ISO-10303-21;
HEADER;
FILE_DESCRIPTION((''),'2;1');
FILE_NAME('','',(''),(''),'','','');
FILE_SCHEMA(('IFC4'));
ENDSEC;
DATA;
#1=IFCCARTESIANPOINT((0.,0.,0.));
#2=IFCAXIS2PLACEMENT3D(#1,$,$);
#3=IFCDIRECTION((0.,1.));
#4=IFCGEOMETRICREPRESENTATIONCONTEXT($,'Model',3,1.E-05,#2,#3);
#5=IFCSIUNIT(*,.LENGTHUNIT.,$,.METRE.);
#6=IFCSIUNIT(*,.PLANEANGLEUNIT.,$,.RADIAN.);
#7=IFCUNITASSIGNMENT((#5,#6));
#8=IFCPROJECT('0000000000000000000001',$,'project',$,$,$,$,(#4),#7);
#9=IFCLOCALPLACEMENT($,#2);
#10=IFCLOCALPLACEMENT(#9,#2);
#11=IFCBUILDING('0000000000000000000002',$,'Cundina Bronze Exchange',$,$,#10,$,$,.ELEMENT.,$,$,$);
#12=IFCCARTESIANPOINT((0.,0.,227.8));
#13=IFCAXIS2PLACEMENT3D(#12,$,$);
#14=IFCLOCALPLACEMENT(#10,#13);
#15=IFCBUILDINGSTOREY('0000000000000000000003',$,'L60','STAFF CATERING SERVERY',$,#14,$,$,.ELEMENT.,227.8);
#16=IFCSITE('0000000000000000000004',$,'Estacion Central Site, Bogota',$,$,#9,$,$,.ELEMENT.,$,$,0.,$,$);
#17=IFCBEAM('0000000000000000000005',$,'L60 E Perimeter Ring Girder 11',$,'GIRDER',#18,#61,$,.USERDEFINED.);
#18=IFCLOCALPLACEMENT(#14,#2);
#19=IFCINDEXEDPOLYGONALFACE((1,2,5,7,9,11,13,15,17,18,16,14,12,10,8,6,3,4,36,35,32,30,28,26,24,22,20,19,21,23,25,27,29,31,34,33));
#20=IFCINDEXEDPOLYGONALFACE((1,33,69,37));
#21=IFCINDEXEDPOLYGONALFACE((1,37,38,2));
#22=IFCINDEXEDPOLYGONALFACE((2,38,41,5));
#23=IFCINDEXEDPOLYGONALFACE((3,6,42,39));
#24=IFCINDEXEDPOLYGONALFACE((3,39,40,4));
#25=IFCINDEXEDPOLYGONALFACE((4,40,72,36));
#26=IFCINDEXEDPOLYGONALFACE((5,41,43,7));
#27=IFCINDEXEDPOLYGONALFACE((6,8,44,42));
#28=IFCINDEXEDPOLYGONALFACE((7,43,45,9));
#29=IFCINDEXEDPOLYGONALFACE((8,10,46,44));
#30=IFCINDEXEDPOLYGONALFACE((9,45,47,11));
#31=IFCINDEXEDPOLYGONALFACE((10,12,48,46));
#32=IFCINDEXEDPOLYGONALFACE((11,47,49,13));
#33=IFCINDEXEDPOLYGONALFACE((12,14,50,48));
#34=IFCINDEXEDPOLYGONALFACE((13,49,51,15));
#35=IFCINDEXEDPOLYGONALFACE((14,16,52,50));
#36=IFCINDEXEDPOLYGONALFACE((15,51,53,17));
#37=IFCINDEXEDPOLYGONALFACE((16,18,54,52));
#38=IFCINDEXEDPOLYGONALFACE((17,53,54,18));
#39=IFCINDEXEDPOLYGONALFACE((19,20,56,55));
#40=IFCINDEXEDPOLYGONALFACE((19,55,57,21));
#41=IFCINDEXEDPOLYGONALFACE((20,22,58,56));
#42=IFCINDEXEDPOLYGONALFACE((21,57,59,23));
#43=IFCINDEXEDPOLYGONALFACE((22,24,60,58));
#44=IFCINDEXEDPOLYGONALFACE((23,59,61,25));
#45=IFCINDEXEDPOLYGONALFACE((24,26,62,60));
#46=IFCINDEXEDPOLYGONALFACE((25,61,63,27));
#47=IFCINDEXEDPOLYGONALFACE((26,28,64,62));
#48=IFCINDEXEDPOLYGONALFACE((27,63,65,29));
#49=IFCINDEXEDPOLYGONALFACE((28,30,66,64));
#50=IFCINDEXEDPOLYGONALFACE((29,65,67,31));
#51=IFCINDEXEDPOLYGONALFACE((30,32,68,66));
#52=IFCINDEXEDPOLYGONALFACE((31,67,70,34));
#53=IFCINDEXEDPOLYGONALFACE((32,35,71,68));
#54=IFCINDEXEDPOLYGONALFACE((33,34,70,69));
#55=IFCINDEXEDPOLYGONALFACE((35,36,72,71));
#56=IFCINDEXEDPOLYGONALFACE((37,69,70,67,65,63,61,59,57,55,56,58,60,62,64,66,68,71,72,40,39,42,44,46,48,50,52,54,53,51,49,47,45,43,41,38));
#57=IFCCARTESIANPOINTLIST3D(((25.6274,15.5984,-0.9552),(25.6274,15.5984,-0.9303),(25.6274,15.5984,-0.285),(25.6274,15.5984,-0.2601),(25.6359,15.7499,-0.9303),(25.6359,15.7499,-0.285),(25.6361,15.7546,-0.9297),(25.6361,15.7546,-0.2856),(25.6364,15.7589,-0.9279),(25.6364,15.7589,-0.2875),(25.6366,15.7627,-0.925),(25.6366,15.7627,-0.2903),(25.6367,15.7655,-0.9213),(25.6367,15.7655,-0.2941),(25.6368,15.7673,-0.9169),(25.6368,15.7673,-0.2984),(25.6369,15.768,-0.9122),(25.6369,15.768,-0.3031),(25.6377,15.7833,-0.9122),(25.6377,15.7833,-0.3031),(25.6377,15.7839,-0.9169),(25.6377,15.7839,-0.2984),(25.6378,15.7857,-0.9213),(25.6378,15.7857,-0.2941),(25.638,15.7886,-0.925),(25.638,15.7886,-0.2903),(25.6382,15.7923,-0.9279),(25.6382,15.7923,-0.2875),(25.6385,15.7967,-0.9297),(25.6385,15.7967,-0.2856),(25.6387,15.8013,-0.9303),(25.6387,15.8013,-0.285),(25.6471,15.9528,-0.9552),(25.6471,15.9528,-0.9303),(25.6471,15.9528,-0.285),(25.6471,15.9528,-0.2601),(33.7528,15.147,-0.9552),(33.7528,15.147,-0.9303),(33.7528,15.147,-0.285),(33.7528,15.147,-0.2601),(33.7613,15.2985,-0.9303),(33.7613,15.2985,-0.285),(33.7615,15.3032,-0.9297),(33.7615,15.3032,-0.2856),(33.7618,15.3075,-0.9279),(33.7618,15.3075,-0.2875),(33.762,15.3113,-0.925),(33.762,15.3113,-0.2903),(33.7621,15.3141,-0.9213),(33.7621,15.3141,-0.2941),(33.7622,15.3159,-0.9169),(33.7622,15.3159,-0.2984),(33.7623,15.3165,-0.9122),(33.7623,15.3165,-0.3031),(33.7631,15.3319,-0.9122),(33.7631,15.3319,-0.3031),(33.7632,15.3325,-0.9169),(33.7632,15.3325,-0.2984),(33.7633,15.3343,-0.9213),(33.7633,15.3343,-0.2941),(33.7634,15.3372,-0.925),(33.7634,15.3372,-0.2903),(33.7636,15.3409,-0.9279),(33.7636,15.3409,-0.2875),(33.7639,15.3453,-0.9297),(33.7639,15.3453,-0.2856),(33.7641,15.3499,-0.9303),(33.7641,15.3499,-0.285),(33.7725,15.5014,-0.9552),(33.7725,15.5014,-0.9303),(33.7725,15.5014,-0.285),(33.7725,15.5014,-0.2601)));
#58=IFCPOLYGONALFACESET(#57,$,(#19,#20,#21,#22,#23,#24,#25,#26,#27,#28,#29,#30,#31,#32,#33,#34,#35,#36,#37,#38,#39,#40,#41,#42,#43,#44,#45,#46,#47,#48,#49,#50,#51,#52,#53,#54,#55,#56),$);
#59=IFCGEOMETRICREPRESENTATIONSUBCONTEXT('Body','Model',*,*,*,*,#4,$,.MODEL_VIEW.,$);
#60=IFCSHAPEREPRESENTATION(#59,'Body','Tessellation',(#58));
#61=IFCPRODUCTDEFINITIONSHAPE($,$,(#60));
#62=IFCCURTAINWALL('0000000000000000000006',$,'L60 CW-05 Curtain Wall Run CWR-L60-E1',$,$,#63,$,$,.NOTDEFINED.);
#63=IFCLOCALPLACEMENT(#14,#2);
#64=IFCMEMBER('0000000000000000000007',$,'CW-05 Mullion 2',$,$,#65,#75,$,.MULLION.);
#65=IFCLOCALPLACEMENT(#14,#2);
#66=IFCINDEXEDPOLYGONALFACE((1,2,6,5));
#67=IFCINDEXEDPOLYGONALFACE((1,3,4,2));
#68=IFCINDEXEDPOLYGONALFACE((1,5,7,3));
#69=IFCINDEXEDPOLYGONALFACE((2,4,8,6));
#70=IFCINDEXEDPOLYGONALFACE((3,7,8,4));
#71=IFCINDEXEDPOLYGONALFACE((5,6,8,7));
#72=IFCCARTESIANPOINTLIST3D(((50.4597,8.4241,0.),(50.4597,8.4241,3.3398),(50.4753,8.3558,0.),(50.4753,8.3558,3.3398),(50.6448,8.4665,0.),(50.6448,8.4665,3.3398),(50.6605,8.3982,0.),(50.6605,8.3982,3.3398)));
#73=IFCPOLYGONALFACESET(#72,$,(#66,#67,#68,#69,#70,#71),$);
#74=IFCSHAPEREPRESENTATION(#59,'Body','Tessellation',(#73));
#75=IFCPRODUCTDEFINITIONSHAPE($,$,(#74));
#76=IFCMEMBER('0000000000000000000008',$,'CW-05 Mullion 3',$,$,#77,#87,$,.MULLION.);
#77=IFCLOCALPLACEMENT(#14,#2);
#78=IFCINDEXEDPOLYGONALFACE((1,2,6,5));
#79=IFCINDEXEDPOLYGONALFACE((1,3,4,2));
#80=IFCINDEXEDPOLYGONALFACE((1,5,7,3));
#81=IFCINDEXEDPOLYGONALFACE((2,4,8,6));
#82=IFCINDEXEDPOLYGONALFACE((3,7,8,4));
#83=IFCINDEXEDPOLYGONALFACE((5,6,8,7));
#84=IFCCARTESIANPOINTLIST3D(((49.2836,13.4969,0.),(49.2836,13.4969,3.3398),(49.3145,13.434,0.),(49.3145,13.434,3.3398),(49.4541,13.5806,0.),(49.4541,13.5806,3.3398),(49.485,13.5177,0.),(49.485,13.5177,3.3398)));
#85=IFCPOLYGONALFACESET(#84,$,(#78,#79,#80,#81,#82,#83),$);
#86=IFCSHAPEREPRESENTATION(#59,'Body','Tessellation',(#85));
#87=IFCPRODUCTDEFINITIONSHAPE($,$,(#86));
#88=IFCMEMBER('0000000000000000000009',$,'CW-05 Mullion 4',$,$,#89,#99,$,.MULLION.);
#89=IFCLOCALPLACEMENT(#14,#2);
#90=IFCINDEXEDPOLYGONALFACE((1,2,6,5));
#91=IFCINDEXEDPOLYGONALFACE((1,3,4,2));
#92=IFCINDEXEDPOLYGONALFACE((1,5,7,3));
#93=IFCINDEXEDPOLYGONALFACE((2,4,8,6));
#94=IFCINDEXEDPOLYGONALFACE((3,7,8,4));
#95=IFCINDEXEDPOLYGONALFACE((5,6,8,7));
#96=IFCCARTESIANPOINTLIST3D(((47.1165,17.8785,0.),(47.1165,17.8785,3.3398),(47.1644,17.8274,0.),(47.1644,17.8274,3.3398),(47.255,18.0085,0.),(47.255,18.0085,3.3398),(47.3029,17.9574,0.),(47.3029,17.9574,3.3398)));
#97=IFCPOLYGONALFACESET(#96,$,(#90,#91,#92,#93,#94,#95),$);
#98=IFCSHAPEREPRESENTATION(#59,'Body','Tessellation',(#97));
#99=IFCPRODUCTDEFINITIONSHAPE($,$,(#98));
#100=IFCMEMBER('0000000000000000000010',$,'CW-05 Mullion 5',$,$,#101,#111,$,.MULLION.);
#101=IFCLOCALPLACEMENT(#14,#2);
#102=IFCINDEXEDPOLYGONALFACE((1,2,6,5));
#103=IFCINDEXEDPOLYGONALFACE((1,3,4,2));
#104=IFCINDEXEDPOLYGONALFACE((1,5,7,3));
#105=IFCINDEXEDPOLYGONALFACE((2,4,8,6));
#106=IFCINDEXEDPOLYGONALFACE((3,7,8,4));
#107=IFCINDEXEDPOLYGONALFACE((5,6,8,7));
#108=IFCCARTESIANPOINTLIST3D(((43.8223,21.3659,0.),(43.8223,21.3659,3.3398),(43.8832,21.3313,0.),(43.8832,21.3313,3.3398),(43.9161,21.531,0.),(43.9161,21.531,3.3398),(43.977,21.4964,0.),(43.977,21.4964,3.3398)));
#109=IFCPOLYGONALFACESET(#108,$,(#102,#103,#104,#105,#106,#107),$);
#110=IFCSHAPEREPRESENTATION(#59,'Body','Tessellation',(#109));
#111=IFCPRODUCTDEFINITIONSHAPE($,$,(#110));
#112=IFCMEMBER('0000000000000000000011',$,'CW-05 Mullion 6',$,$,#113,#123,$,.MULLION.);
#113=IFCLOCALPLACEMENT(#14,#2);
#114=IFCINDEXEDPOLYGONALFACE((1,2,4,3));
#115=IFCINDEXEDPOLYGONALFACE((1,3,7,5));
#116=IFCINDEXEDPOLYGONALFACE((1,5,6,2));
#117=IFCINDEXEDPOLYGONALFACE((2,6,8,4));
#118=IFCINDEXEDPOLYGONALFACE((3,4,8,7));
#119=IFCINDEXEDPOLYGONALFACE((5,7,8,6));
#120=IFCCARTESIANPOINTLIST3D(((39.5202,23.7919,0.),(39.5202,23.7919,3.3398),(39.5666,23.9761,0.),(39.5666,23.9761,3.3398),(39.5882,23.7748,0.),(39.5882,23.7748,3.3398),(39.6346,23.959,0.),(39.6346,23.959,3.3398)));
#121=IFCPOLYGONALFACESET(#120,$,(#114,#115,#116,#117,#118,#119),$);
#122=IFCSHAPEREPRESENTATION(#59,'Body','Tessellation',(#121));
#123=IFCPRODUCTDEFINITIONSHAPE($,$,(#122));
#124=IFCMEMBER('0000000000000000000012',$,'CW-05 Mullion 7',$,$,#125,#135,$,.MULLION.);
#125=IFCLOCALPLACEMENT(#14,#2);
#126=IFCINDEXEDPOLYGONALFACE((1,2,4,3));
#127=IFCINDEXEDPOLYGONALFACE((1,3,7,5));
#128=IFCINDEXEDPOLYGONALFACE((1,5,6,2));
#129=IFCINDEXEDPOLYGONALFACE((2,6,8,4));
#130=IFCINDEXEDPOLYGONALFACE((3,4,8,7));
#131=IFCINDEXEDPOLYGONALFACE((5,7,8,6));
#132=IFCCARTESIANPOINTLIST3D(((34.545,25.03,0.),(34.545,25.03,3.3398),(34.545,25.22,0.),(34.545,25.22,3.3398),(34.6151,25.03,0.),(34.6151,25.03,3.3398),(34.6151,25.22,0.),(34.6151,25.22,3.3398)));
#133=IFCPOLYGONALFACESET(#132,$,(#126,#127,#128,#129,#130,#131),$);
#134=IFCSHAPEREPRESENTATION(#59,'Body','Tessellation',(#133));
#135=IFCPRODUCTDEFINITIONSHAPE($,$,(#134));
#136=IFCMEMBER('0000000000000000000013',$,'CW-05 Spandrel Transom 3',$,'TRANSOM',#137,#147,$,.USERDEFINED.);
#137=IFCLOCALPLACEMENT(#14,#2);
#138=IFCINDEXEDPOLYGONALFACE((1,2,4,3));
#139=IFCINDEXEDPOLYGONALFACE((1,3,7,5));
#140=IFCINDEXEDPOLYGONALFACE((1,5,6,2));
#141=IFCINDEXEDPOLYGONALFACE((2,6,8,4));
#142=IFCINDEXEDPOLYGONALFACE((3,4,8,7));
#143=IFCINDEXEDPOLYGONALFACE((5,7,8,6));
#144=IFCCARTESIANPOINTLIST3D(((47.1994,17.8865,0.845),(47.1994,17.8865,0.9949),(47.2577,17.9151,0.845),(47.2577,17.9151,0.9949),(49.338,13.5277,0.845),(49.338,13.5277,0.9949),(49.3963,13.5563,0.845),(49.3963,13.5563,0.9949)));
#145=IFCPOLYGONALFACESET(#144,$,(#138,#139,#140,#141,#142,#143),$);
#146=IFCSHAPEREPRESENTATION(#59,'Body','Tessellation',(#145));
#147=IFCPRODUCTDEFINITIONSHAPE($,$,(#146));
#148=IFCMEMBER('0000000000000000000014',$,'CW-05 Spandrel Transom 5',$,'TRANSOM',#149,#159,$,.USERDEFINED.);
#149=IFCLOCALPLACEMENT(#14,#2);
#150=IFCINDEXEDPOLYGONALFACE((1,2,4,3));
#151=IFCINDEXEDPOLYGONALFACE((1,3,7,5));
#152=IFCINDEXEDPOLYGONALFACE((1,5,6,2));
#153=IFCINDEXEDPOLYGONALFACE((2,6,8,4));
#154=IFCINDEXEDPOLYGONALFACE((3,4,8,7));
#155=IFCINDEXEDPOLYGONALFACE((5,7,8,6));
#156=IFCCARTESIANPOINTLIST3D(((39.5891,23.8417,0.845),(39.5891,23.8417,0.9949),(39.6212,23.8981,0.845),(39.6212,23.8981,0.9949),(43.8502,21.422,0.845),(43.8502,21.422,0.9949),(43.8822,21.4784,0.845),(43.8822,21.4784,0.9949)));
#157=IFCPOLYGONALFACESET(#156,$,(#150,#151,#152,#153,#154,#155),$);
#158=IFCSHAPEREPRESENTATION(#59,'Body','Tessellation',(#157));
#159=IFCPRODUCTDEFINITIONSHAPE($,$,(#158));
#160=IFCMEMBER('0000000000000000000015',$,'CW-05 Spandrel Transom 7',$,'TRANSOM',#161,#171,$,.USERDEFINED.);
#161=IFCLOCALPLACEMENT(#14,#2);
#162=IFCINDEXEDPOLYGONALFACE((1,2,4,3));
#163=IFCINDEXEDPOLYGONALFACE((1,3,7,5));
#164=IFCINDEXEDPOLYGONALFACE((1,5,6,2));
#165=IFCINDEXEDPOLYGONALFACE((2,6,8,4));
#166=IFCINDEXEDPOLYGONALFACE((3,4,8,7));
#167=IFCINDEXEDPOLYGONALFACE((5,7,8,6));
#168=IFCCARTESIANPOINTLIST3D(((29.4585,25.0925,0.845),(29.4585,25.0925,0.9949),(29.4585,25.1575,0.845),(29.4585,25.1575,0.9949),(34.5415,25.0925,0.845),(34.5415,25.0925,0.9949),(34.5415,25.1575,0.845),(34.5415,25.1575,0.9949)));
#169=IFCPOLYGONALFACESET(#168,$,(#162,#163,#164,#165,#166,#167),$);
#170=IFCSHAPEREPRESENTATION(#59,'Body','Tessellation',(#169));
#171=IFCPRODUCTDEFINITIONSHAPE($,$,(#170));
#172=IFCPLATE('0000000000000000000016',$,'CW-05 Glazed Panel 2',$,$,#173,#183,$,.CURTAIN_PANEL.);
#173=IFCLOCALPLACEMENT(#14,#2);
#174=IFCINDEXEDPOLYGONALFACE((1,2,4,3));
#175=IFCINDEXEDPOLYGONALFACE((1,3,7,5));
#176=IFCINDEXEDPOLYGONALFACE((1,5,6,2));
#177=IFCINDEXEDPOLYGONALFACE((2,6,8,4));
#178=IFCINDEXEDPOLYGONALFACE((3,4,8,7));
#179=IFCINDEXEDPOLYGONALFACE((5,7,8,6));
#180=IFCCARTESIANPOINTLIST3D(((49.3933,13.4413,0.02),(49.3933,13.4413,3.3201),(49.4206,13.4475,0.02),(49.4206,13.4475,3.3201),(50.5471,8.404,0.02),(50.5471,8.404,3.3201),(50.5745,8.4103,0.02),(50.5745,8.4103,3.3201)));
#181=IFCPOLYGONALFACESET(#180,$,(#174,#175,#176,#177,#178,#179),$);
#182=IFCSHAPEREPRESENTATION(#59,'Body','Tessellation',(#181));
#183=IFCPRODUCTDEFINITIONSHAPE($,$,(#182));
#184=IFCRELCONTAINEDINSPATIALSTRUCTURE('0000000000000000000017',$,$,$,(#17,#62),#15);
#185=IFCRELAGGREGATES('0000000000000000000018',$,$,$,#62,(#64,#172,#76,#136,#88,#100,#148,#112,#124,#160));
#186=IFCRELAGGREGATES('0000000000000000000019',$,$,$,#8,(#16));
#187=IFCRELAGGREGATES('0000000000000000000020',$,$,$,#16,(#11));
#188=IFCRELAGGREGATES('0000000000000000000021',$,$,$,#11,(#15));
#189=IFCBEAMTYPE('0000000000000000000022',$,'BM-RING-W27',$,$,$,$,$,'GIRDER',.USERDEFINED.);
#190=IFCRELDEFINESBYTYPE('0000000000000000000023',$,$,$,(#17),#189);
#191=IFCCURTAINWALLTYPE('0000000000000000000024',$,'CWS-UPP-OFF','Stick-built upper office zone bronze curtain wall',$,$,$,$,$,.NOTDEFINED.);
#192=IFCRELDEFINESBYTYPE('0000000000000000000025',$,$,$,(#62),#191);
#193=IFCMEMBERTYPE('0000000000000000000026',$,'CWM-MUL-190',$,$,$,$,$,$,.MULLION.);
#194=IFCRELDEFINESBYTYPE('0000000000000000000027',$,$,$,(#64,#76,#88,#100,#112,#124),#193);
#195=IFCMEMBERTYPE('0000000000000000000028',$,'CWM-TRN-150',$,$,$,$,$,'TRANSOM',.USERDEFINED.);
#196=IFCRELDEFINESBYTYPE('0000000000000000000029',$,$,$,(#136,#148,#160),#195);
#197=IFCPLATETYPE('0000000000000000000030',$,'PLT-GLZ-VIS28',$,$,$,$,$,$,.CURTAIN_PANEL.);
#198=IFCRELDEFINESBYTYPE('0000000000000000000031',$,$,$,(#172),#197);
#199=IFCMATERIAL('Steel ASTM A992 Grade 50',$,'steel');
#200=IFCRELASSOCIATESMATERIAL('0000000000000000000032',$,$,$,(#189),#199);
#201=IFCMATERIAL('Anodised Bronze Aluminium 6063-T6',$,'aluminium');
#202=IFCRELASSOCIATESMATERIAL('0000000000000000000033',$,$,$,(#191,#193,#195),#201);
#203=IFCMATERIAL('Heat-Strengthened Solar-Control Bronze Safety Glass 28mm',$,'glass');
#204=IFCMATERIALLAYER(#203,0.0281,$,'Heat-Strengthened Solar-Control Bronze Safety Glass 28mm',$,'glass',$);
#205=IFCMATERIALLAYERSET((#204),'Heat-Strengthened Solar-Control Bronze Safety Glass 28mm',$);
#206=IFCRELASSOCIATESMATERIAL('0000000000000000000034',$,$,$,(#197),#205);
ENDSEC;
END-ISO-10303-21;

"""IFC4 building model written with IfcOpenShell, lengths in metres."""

from ifc_helpers import new_model, si_unit, direction, frame, origin, origin_2d, place, context, subcontext, project, spatial, rectangle, i_section, extrude, material, layer, layer_set, material_profile, profile_set, type_object, element, aggregate, save


model = new_model("IFC4")

# Units and contexts
model_context = context("Model", 3, precision=1e-05, world=origin(), true_north=direction((0.0, 1.0)))
body_context = subcontext(model_context, "Body", "Model", "MODEL_VIEW")
ifc_project = project(units=[si_unit("LENGTHUNIT", "METRE"), si_unit("PLANEANGLEUNIT", "RADIAN")], contexts=[model_context])

# Site, building, storey
site_placement = place(None, origin())
site = spatial("IfcSite", under=ifc_project, at=site_placement, Name="Estacion Central Site, Bogota", CompositionType="ELEMENT", RefElevation=0.0)
building_placement = place(site_placement, origin())
building = spatial("IfcBuilding", under=site, at=building_placement, Name="Cundina Bronze Exchange", CompositionType="ELEMENT")
storey_placement = place(building_placement, frame((0.0, 0.0, 227.8)))
storey = spatial("IfcBuildingStorey", under=building, at=storey_placement, Name="L60", Description="STAFF CATERING SERVERY", CompositionType="ELEMENT", Elevation=227.8)

# Beam
ifc_material_1 = material(Name="Steel ASTM A992 Grade 50", Category="steel")
ifc_material_profile_1 = material_profile(ifc_material_1, i_section(OverallWidth=0.355, OverallDepth=0.6951, WebThickness=0.0154, FlangeThickness=0.0249, FilletRadius=0.0181, at=origin_2d()), Name="W27X146", Category="steel")
ifc_profile_set_1 = profile_set([ifc_material_profile_1], Name="Steel ASTM A992 Grade 50")
beam_type_1 = type_object("IfcBeamType", Name="BM-RING-W27", ElementType="GIRDER", PredefinedType="USERDEFINED", material=ifc_profile_set_1)
for number, where, z_axis, x_axis, name in (
    (1, (33.7627, 15.3242, -0.6077), (-0.99846, 0.05547, 0.0), (-0.05547, -0.99846, 0.0), "L60 E Perimeter Ring Girder 11"),
):
    element("IfcBeam", number, at=place(storey_placement, frame(where, z_axis=z_axis, x_axis=x_axis)), inside=storey, type_object=beam_type_1, Name=name, ObjectType="GIRDER", PredefinedType="USERDEFINED", context=body_context, shape_type="SweptSolid", body=[
        extrude(i_section(OverallWidth=0.355, OverallDepth=0.6951, WebThickness=0.0154, FlangeThickness=0.0249, FilletRadius=0.0181, at=origin_2d()), origin(), (0.0, 0.0, 1.0), 8.1379),
    ])

# Curtain wall, members, plate
ifc_material_2 = material(Name="Anodised Bronze Aluminium 6063-T6", Category="aluminium")
curtain_wall_type = type_object("IfcCurtainWallType", Name="CWS-UPP-OFF", Description="Stick-built upper office zone bronze curtain wall", PredefinedType="NOTDEFINED", material=ifc_material_2)
curtain_wall_placement = place(storey_placement, origin())
curtain_wall = element("IfcCurtainWall", 2, at=curtain_wall_placement, inside=storey, type_object=curtain_wall_type, Name="L60 CW-05 Curtain Wall Run CWR-L60-E1", PredefinedType="NOTDEFINED")
ifc_material_profile_2 = material_profile(ifc_material_2, rectangle(XDim=0.0701, YDim=0.1899, at=origin_2d()), Name="AL70X190", Category="aluminium")
ifc_profile_set_2 = profile_set([ifc_material_profile_2], Name="Anodised Bronze Aluminium 6063-T6")
member_type_1 = type_object("IfcMemberType", Name="CWM-MUL-190", PredefinedType="MULLION", material=ifc_profile_set_2)
member_1_placement = place(storey_placement, frame((50.5601, 8.4111, 0.0), z_axis=(0.0, 0.0, 1.0), x_axis=(-0.22325, 0.974761, 0.0)))
member_1 = element("IfcMember", 3, at=member_1_placement, type_object=member_type_1, Name="CW-05 Mullion 2", PredefinedType="MULLION", context=body_context, shape_type="SweptSolid", body=[
    extrude(rectangle(XDim=0.0701, YDim=0.1899, at=origin_2d()), origin(), (0.0, 0.0, 1.0), 3.3398),
])
member_2_placement = place(storey_placement, frame((49.3843, 13.5073, 0.0), z_axis=(0.0, 0.0, 1.0), x_axis=(-0.440566, 0.89772, 0.0)))
member_2 = element("IfcMember", 4, at=member_2_placement, type_object=member_type_1, Name="CW-05 Mullion 3", PredefinedType="MULLION", context=body_context, shape_type="SweptSolid", body=[
    extrude(rectangle(XDim=0.0701, YDim=0.1899, at=origin_2d()), origin(), (0.0, 0.0, 1.0), 3.3398),
])
member_3_placement = place(storey_placement, frame((47.2097, 17.918, 0.0), z_axis=(0.0, 0.0, 1.0), x_axis=(-0.684293, 0.729208, 0.0)))
member_3 = element("IfcMember", 5, at=member_3_placement, type_object=member_type_1, Name="CW-05 Mullion 4", PredefinedType="MULLION", context=body_context, shape_type="SweptSolid", body=[
    extrude(rectangle(XDim=0.0701, YDim=0.1899, at=origin_2d()), origin(), (0.0, 0.0, 1.0), 3.3398),
])
member_4_placement = place(storey_placement, frame((43.8997, 21.4312, 0.0), z_axis=(0.0, 0.0, 1.0), x_axis=(-0.869581, 0.49379, 0.0)))
member_4 = element("IfcMember", 6, at=member_4_placement, type_object=member_type_1, Name="CW-05 Mullion 5", PredefinedType="MULLION", context=body_context, shape_type="SweptSolid", body=[
    extrude(rectangle(XDim=0.0701, YDim=0.1899, at=origin_2d()), origin(), (0.0, 0.0, 1.0), 3.3398),
])
member_5_placement = place(storey_placement, frame((39.5774, 23.8755, 0.0), z_axis=(0.0, 0.0, 1.0), x_axis=(-0.969744, 0.244123, 0.0)))
member_5 = element("IfcMember", 7, at=member_5_placement, type_object=member_type_1, Name="CW-05 Mullion 6", PredefinedType="MULLION", context=body_context, shape_type="SweptSolid", body=[
    extrude(rectangle(XDim=0.0701, YDim=0.1899, at=origin_2d()), origin(), (0.0, 0.0, 1.0), 3.3398),
])
member_6_placement = place(storey_placement, frame((34.5801, 25.125, 0.0), z_axis=(0.0, 0.0, 1.0), x_axis=(-1.0, 0.0, 0.0)))
member_6 = element("IfcMember", 8, at=member_6_placement, type_object=member_type_1, Name="CW-05 Mullion 7", PredefinedType="MULLION", context=body_context, shape_type="SweptSolid", body=[
    extrude(rectangle(XDim=0.0701, YDim=0.1899, at=origin_2d()), origin(), (0.0, 0.0, 1.0), 3.3398),
])
ifc_material_profile_3 = material_profile(ifc_material_2, rectangle(XDim=0.0649, YDim=0.1499, at=origin_2d()), Name="AL65X150", Category="aluminium")
ifc_profile_set_3 = profile_set([ifc_material_profile_3], Name="Anodised Bronze Aluminium 6063-T6")
member_type_2 = type_object("IfcMemberType", Name="CWM-TRN-150", ElementType="TRANSOM", PredefinedType="USERDEFINED", material=ifc_profile_set_3)
member_7_placement = place(storey_placement, frame((49.3672, 13.542, 0.9199), z_axis=(-0.440483, 0.897761, 0.0), x_axis=(-0.897761, -0.440483, 0.0)))
member_7 = element("IfcMember", 9, at=member_7_placement, type_object=member_type_2, Name="CW-05 Spandrel Transom 3", ObjectType="TRANSOM", PredefinedType="USERDEFINED", context=body_context, shape_type="SweptSolid", body=[
    extrude(rectangle(XDim=0.0649, YDim=0.1499, at=origin_2d()), origin(), (0.0, 0.0, 1.0), 4.8552),
])
member_8_placement = place(storey_placement, frame((43.8662, 21.4502, 0.9199), z_axis=(-0.869574, 0.493803, 0.0), x_axis=(-0.493803, -0.869574, 0.0)))
member_8 = element("IfcMember", 10, at=member_8_placement, type_object=member_type_2, Name="CW-05 Spandrel Transom 5", ObjectType="TRANSOM", PredefinedType="USERDEFINED", context=body_context, shape_type="SweptSolid", body=[
    extrude(rectangle(XDim=0.0649, YDim=0.1499, at=origin_2d()), origin(), (0.0, 0.0, 1.0), 4.9001),
])
member_9_placement = place(storey_placement, frame((34.5415, 25.125, 0.9199), z_axis=(-1.0, 0.0, 0.0), x_axis=(0.0, -1.0, 0.0)))
member_9 = element("IfcMember", 11, at=member_9_placement, type_object=member_type_2, Name="CW-05 Spandrel Transom 7", ObjectType="TRANSOM", PredefinedType="USERDEFINED", context=body_context, shape_type="SweptSolid", body=[
    extrude(rectangle(XDim=0.0649, YDim=0.1499, at=origin_2d()), origin(), (0.0, 0.0, 1.0), 5.083),
])
ifc_material_3 = material(Name="Heat-Strengthened Solar-Control Bronze Safety Glass 28mm", Category="glass")
ifc_layer_1 = layer(ifc_material_3, 0.0281, Name="Heat-Strengthened Solar-Control Bronze Safety Glass 28mm", Category="glass")
ifc_layer_set_1 = layer_set([ifc_layer_1], Name="Heat-Strengthened Solar-Control Bronze Safety Glass 28mm")
plate_type_1 = type_object("IfcPlateType", Name="PLT-GLZ-VIS28", PredefinedType="CURTAIN_PANEL", material=ifc_layer_set_1)
plate_1_placement = place(storey_placement, frame((49.9839, 10.9258, 0.02), z_axis=(0.0, 0.0, 1.0), x_axis=(-0.223284, 0.974753, 0.0)))
plate_1 = element("IfcPlate", 12, at=plate_1_placement, type_object=plate_type_1, Name="CW-05 Glazed Panel 2", PredefinedType="CURTAIN_PANEL", context=body_context, shape_type="SweptSolid", body=[
    extrude(rectangle(XDim=5.1677, YDim=0.0281, at=origin_2d()), origin(), (0.0, 0.0, 1.0), 3.3),
])
aggregate(curtain_wall, [member_1, plate_1, member_2, member_7, member_3, member_4, member_8, member_5, member_6, member_9])

save(model, "model.ifc")
